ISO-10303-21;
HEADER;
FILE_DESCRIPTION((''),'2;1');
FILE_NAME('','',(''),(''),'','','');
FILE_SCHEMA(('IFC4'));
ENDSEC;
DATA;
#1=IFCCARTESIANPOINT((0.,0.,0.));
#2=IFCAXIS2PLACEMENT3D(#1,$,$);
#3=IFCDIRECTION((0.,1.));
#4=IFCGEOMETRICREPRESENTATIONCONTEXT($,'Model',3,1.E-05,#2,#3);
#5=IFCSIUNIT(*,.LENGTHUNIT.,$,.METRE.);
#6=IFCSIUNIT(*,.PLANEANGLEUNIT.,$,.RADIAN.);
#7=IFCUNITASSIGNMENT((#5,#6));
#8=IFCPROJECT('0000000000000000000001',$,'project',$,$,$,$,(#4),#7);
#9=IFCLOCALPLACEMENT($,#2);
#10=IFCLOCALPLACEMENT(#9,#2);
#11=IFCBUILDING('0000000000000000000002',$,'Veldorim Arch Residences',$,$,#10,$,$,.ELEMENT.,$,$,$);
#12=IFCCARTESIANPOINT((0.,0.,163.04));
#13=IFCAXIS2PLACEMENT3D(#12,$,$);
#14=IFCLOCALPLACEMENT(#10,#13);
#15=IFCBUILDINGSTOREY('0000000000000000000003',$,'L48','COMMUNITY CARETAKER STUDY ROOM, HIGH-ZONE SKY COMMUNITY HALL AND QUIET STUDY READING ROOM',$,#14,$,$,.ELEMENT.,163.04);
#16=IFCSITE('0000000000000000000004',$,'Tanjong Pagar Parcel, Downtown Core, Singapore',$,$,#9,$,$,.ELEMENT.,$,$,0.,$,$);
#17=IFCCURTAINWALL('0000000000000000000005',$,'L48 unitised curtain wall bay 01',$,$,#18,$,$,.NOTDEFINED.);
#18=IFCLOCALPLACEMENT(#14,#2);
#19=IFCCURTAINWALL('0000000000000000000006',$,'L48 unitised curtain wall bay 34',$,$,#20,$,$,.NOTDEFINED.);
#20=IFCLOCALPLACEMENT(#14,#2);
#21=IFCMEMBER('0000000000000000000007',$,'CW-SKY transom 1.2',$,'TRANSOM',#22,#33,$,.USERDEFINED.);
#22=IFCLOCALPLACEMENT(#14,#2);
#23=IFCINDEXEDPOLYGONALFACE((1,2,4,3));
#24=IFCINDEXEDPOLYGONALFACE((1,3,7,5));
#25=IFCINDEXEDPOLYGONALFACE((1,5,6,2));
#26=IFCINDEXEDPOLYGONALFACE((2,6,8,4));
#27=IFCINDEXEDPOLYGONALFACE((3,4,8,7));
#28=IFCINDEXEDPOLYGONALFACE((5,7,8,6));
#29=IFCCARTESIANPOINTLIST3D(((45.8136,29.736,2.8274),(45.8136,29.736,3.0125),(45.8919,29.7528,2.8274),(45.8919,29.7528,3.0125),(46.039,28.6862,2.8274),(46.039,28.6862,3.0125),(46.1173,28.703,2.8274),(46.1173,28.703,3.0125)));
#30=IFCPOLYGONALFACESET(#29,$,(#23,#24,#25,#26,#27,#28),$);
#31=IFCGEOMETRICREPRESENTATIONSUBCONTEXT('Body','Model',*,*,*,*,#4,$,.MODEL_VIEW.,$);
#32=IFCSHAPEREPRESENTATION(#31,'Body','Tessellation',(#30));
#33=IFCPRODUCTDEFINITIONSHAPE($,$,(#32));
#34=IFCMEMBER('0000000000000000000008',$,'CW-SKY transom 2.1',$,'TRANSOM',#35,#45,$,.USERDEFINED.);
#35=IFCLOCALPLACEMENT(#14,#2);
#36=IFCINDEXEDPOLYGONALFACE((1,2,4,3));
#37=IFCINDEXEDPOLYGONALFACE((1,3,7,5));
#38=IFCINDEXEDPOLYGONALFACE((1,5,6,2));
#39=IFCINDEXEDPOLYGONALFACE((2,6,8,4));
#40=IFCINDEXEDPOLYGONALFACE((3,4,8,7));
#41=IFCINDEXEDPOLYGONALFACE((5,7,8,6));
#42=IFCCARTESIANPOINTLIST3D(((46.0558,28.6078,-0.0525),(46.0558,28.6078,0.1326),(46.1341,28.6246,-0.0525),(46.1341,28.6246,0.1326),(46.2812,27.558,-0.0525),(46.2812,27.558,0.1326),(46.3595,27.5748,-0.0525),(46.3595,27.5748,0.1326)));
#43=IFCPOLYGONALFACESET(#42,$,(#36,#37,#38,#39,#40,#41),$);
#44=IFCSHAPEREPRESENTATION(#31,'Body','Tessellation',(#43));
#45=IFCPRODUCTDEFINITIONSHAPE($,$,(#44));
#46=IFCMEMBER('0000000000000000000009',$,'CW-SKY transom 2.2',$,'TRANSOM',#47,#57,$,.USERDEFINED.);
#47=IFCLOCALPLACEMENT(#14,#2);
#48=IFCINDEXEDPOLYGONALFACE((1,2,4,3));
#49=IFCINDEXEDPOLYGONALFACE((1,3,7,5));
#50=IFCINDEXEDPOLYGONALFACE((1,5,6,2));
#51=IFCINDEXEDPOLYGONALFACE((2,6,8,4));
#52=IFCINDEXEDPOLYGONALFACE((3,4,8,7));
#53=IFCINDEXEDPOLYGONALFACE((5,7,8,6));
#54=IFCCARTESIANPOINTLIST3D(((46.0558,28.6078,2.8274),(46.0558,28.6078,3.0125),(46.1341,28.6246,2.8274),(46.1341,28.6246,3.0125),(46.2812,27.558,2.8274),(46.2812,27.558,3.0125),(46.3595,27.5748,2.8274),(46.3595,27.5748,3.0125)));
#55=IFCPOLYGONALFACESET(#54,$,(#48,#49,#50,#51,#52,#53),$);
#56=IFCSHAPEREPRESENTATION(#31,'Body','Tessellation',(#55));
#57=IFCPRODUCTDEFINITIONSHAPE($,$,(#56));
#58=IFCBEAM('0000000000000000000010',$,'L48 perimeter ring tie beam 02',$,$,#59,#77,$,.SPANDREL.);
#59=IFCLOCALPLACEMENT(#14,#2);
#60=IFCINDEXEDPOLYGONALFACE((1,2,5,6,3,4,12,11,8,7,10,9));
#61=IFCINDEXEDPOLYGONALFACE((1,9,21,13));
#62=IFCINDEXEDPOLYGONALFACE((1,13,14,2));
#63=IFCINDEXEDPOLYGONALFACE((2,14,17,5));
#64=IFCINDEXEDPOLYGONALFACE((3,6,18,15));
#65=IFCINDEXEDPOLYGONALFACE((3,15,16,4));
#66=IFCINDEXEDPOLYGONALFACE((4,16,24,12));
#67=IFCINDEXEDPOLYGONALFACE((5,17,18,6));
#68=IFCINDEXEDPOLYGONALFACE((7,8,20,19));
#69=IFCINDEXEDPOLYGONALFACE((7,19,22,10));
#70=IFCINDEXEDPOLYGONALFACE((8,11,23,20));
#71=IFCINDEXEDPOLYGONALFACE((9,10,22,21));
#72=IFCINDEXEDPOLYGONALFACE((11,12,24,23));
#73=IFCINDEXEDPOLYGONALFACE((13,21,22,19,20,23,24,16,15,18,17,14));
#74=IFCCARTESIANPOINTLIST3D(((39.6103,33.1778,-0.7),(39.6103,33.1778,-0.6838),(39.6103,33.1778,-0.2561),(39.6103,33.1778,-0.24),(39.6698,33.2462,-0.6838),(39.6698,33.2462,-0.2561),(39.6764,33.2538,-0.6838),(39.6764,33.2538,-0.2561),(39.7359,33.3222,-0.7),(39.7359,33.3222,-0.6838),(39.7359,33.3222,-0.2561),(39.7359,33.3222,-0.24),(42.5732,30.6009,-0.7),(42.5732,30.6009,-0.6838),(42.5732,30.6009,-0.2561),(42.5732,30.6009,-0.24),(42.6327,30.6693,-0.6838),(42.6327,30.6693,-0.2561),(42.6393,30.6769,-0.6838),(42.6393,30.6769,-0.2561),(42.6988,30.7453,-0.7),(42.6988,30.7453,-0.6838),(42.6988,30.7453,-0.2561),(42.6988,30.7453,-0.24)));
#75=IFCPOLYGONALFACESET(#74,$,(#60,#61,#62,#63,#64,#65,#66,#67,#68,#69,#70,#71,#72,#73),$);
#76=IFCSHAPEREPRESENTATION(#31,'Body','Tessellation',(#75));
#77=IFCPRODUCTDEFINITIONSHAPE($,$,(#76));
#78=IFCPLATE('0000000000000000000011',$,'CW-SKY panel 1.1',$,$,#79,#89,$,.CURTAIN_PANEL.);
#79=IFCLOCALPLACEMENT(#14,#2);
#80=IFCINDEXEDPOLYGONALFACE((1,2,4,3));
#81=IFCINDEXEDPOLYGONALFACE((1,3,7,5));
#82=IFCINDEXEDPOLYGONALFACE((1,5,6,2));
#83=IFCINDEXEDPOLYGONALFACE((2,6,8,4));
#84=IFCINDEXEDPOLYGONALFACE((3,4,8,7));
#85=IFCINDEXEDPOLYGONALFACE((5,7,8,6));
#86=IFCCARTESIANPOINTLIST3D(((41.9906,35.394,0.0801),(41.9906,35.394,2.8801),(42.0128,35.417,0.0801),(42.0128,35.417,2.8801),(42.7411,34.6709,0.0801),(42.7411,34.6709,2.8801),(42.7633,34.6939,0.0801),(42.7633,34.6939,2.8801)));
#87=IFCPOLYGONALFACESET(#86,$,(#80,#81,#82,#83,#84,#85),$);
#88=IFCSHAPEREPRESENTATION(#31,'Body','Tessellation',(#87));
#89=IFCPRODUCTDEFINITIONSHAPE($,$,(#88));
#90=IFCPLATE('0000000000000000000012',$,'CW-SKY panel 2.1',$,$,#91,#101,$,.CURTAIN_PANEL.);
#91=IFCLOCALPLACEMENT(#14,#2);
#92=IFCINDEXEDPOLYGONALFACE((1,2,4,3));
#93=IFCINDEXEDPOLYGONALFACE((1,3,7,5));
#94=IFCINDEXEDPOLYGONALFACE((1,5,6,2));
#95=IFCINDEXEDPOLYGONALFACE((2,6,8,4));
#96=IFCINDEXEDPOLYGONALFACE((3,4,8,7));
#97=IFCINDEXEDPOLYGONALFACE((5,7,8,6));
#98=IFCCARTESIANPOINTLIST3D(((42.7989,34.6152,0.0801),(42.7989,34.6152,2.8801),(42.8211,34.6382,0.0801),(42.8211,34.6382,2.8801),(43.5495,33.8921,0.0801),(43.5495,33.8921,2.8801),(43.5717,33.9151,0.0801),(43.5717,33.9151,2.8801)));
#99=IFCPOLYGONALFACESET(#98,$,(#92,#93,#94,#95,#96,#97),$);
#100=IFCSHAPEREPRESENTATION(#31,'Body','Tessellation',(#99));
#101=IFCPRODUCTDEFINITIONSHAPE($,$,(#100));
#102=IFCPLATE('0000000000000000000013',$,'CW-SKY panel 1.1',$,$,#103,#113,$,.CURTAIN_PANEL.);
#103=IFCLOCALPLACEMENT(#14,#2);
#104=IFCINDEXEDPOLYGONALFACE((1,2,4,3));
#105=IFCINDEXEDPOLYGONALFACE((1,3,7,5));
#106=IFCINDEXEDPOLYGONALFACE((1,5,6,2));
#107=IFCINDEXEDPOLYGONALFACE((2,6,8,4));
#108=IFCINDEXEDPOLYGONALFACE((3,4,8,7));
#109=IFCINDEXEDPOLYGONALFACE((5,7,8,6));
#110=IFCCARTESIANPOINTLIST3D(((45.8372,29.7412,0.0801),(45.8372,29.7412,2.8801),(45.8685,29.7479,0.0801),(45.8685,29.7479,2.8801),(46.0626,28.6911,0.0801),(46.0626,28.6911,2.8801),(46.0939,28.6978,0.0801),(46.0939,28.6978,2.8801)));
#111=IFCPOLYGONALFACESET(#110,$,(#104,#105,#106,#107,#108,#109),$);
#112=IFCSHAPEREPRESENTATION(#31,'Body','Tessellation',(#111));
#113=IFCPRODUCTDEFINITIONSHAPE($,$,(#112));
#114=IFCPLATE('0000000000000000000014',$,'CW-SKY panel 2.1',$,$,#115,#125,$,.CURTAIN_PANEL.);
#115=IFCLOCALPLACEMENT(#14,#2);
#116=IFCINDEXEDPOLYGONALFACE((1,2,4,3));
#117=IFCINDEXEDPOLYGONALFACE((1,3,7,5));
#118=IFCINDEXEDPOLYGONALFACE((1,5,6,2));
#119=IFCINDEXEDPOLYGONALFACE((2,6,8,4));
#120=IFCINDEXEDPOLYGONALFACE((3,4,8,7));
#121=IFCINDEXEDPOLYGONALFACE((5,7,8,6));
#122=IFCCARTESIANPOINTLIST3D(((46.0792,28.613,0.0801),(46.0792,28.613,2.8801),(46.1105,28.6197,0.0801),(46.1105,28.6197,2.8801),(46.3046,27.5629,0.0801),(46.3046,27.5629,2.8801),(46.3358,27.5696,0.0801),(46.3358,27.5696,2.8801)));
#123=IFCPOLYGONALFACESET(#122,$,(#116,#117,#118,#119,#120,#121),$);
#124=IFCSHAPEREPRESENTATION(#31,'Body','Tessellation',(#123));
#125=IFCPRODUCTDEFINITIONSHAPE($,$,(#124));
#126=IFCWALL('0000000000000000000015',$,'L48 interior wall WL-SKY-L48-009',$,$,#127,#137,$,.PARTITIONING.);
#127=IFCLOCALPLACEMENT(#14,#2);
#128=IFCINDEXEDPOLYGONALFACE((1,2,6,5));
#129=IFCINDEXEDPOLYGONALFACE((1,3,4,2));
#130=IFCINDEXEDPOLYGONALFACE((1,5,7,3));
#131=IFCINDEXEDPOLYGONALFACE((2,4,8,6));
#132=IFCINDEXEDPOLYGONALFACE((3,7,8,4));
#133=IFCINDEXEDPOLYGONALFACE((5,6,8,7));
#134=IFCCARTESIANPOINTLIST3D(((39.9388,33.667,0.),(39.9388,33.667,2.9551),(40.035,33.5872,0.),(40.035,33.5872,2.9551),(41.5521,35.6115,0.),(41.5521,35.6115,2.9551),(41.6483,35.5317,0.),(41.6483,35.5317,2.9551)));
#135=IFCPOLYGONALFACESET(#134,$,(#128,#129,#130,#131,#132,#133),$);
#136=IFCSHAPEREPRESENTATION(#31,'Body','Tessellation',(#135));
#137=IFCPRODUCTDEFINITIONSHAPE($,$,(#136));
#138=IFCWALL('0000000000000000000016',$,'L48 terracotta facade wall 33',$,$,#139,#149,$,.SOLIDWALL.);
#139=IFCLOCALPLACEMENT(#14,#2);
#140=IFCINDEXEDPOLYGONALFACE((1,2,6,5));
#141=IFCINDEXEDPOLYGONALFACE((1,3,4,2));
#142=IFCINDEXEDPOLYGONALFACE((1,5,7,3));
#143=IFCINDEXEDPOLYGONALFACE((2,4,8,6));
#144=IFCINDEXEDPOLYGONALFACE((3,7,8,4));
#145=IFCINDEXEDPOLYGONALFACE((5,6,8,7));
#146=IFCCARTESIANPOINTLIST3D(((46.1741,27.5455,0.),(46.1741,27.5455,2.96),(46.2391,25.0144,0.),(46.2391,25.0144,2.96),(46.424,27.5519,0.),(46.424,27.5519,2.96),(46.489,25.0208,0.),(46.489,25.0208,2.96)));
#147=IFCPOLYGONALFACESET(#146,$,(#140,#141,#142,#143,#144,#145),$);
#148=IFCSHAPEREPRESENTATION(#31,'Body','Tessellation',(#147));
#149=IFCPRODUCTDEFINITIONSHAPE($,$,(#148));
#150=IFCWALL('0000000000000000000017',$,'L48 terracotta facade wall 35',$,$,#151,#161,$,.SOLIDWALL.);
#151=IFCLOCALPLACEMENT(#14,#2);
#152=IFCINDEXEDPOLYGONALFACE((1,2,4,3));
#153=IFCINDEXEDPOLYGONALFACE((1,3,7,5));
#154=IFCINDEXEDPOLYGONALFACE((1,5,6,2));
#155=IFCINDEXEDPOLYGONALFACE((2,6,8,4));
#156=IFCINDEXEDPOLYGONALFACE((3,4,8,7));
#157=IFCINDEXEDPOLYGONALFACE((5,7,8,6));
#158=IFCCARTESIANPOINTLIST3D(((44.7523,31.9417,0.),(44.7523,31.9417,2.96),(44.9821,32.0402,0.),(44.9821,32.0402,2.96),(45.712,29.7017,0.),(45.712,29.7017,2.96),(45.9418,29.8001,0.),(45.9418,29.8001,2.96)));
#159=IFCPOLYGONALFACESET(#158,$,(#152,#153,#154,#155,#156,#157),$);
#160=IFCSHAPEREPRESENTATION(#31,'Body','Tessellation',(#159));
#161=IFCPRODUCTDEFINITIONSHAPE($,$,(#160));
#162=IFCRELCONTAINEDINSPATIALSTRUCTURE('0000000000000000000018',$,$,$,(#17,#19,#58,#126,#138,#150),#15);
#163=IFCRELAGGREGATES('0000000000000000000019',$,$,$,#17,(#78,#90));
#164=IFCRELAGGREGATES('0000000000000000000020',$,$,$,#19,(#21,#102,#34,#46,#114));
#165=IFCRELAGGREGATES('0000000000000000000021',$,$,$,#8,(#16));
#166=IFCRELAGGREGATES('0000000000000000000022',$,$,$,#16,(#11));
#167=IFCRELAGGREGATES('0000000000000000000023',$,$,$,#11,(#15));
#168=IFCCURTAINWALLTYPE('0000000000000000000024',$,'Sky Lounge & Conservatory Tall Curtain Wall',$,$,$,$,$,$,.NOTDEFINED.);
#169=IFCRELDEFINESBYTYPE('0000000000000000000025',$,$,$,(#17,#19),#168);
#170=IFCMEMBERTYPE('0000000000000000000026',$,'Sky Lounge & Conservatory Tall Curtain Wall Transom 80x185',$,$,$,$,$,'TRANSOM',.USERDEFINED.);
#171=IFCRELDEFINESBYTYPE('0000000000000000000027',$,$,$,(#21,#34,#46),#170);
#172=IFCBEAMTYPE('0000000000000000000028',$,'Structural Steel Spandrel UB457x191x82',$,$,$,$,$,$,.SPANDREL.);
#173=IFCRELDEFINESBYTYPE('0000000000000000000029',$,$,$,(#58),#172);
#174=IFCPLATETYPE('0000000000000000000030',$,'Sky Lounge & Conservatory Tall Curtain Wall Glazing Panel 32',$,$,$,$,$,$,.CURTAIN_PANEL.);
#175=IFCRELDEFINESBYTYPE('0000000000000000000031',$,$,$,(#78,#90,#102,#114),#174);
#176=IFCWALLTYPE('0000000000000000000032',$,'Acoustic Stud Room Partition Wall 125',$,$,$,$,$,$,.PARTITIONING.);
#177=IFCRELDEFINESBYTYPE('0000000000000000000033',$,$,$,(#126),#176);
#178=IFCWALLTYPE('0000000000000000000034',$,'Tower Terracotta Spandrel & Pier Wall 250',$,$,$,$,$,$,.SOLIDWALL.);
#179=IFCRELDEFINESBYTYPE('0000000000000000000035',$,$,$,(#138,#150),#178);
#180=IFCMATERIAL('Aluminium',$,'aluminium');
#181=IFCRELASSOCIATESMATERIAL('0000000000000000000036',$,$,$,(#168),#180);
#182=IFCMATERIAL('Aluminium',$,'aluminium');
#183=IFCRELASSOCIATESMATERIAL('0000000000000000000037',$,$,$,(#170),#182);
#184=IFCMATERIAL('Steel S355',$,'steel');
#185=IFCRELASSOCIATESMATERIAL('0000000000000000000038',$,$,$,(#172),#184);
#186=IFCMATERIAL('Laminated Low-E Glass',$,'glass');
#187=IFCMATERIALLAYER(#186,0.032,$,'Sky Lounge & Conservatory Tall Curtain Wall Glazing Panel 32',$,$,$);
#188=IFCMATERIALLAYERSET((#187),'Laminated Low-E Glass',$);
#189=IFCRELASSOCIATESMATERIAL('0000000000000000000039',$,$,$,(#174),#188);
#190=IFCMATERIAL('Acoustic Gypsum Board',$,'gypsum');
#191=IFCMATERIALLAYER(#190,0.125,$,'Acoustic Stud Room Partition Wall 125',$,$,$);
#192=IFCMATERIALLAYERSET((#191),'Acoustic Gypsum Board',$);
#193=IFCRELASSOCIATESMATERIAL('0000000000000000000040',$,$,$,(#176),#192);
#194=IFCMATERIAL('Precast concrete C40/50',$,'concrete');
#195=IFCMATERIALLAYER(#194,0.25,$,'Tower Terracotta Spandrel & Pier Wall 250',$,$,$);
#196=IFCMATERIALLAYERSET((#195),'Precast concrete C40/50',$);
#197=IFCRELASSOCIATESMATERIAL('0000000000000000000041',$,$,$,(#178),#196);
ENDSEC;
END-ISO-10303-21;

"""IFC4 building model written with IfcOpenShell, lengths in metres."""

from ifc_helpers import new_model, si_unit, direction, frame, frame_2d, origin, origin_2d, place, context, subcontext, project, spatial, rectangle, i_section, extrude, material, layer, layer_set, material_profile, profile_set, type_object, element, aggregate, save


model = new_model("IFC4")

# Units and contexts
model_context = context("Model", 3, precision=1e-05, world=origin(), true_north=direction((0.0, 1.0)))
body_context = subcontext(model_context, "Body", "Model", "MODEL_VIEW")
ifc_project = project(units=[si_unit("LENGTHUNIT", "METRE"), si_unit("PLANEANGLEUNIT", "RADIAN")], contexts=[model_context])

# Site, building, storey
site_placement = place(None, origin())
site = spatial("IfcSite", under=ifc_project, at=site_placement, Name="Tanjong Pagar Parcel, Downtown Core, Singapore", CompositionType="ELEMENT", RefElevation=0.0)
building_placement = place(site_placement, origin())
building = spatial("IfcBuilding", under=site, at=building_placement, Name="Veldorim Arch Residences", CompositionType="ELEMENT")
storey_placement = place(building_placement, frame((0.0, 0.0, 163.04)))
storey = spatial("IfcBuildingStorey", under=building, at=storey_placement, Name="L48", Description="COMMUNITY CARETAKER STUDY ROOM, HIGH-ZONE SKY COMMUNITY HALL AND QUIET STUDY READING ROOM", CompositionType="ELEMENT", Elevation=163.04)

# Curtain walls
ifc_material_1 = material(Name="Aluminium", Category="aluminium")
curtain_wall_type = type_object("IfcCurtainWallType", Name="Sky Lounge & Conservatory Tall Curtain Wall", PredefinedType="NOTDEFINED", material=ifc_material_1)
curtain_wall_1_placement = place(storey_placement, origin())
curtain_wall_1 = element("IfcCurtainWall", 1, at=curtain_wall_1_placement, inside=storey, type_object=curtain_wall_type, Name="L48 unitised curtain wall bay 01", PredefinedType="NOTDEFINED")
curtain_wall_2_placement = place(storey_placement, origin())
curtain_wall_2 = element("IfcCurtainWall", 2, at=curtain_wall_2_placement, inside=storey, type_object=curtain_wall_type, Name="L48 unitised curtain wall bay 34", PredefinedType="NOTDEFINED")

# Members
ifc_material_2 = material(Name="Aluminium", Category="aluminium")
ifc_material_profile_1 = material_profile(ifc_material_2, rectangle(XDim=0.0801, YDim=0.1851, at=origin_2d()), Name="ALU_TRN_80x185")
ifc_profile_set_1 = profile_set([ifc_material_profile_1], Name="Aluminium")
member_type_1 = type_object("IfcMemberType", Name="Sky Lounge & Conservatory Tall Curtain Wall Transom 80x185", ElementType="TRANSOM", PredefinedType="USERDEFINED", material=ifc_profile_set_1)
member_1_placement = place(storey_placement, frame((45.8528, 29.7444, 2.9199), z_axis=(0.209871, -0.977729, 0.0), x_axis=(0.977729, 0.209871, 0.0)))
member_1 = element("IfcMember", 3, at=member_1_placement, type_object=member_type_1, Name="CW-SKY transom 1.2", ObjectType="TRANSOM", PredefinedType="USERDEFINED", context=body_context, shape_type="SweptSolid", body=[
    extrude(rectangle(XDim=0.0801, YDim=0.1851, at=origin_2d()), origin(), (0.0, 0.0, 1.0), 1.0737),
])
member_2_placement = place(storey_placement, frame((46.095, 28.6162, 0.04), z_axis=(0.209871, -0.977729, 0.0), x_axis=(0.977729, 0.209871, 0.0)))
member_2 = element("IfcMember", 4, at=member_2_placement, type_object=member_type_1, Name="CW-SKY transom 2.1", ObjectType="TRANSOM", PredefinedType="USERDEFINED", context=body_context, shape_type="SweptSolid", body=[
    extrude(rectangle(XDim=0.0801, YDim=0.1851, at=origin_2d()), origin(), (0.0, 0.0, 1.0), 1.0737),
])
member_3_placement = place(storey_placement, frame((46.095, 28.6162, 2.9199), z_axis=(0.209871, -0.977729, 0.0), x_axis=(0.977729, 0.209871, 0.0)))
member_3 = element("IfcMember", 5, at=member_3_placement, type_object=member_type_1, Name="CW-SKY transom 2.2", ObjectType="TRANSOM", PredefinedType="USERDEFINED", context=body_context, shape_type="SweptSolid", body=[
    extrude(rectangle(XDim=0.0801, YDim=0.1851, at=origin_2d()), origin(), (0.0, 0.0, 1.0), 1.0737),
])

# Beam
ifc_material_3 = material(Name="Steel S355", Category="steel")
ifc_material_profile_2 = material_profile(ifc_material_3, i_section(OverallWidth=0.1914, OverallDepth=0.46, WebThickness=0.01, FlangeThickness=0.0161, at=origin_2d()), Name="UB457x191x82")
ifc_profile_set_2 = profile_set([ifc_material_profile_2], Name="Steel S355")
beam_type = type_object("IfcBeamType", Name="Structural Steel Spandrel UB457x191x82", PredefinedType="SPANDREL", material=ifc_profile_set_2)
beam_placement = place(storey_placement, frame((42.636, 30.6731, -0.47), z_axis=(-0.754545, 0.656248, 0.0), x_axis=(-0.656248, -0.754545, 0.0)))
element("IfcBeam", 6, at=beam_placement, inside=storey, type_object=beam_type, Name="L48 perimeter ring tie beam 02", PredefinedType="SPANDREL", context=body_context, shape_type="SweptSolid", body=[
    extrude(i_section(OverallWidth=0.1914, OverallDepth=0.46, WebThickness=0.01, FlangeThickness=0.0161, at=origin_2d()), origin(), (0.0, 0.0, 1.0), 3.9268),
])

# Plates
ifc_material_4 = material(Name="Laminated Low-E Glass", Category="glass")
ifc_layer_1 = layer(ifc_material_4, 0.032, Name="Sky Lounge & Conservatory Tall Curtain Wall Glazing Panel 32")
ifc_layer_set_1 = layer_set([ifc_layer_1], Name="Laminated Low-E Glass")
plate_type = type_object("IfcPlateType", Name="Sky Lounge & Conservatory Tall Curtain Wall Glazing Panel 32", PredefinedType="CURTAIN_PANEL", material=ifc_layer_set_1)
plate_1_placement = place(storey_placement, frame((42.377, 35.0439, 0.0801), z_axis=(0.0, 0.0, 1.0), x_axis=(0.720147, -0.693821, 0.0)))
plate_1 = element("IfcPlate", 7, at=plate_1_placement, type_object=plate_type, Name="CW-SKY panel 1.1", PredefinedType="CURTAIN_PANEL", context=body_context, shape_type="SweptSolid", body=[
    extrude(rectangle(XDim=1.0422, YDim=0.032, at=origin_2d()), origin(), (0.0, 0.0, 1.0), 2.8),
])
plate_2_placement = place(storey_placement, frame((43.1853, 34.2651, 0.0801), z_axis=(0.0, 0.0, 1.0), x_axis=(0.720147, -0.693821, 0.0)))
plate_2 = element("IfcPlate", 8, at=plate_2_placement, type_object=plate_type, Name="CW-SKY panel 2.1", PredefinedType="CURTAIN_PANEL", context=body_context, shape_type="SweptSolid", body=[
    extrude(rectangle(XDim=1.0422, YDim=0.032, at=origin_2d()), origin(), (0.0, 0.0, 1.0), 2.8),
])
aggregate(curtain_wall_1, [plate_1, plate_2])
plate_3_placement = place(storey_placement, frame((45.9656, 29.2195, 0.0801), z_axis=(0.0, 0.0, 1.0), x_axis=(0.209861, -0.977731, 0.0)))
plate_3 = element("IfcPlate", 9, at=plate_3_placement, type_object=plate_type, Name="CW-SKY panel 1.1", PredefinedType="CURTAIN_PANEL", context=body_context, shape_type="SweptSolid", body=[
    extrude(rectangle(XDim=1.074, YDim=0.032, at=origin_2d()), origin(), (0.0, 0.0, 1.0), 2.8),
])
plate_4_placement = place(storey_placement, frame((46.2075, 28.0913, 0.0801), z_axis=(0.0, 0.0, 1.0), x_axis=(0.209861, -0.977731, 0.0)))
plate_4 = element("IfcPlate", 10, at=plate_4_placement, type_object=plate_type, Name="CW-SKY panel 2.1", PredefinedType="CURTAIN_PANEL", context=body_context, shape_type="SweptSolid", body=[
    extrude(rectangle(XDim=1.074, YDim=0.032, at=origin_2d()), origin(), (0.0, 0.0, 1.0), 2.8),
])
aggregate(curtain_wall_2, [member_1, plate_3, member_2, member_3, plate_4])

# Walls
ifc_material_5 = material(Name="Acoustic Gypsum Board", Category="gypsum")
ifc_layer_2 = layer(ifc_material_5, 0.125, Name="Acoustic Stud Room Partition Wall 125")
ifc_layer_set_2 = layer_set([ifc_layer_2], Name="Acoustic Gypsum Board")
wall_type_1 = type_object("IfcWallType", Name="Acoustic Stud Room Partition Wall 125", PredefinedType="PARTITIONING", material=ifc_layer_set_2)
wall_1_placement = place(storey_placement, frame((41.6001, 35.5715, 0.0), z_axis=(0.0, 0.0, 1.0), x_axis=(-0.638501, -0.769621, 0.0)))
element("IfcWall", 11, at=wall_1_placement, inside=storey, type_object=wall_type_1, Name="L48 interior wall WL-SKY-L48-009", PredefinedType="PARTITIONING", context=body_context, shape_type="SweptSolid", body=[
    extrude(rectangle(XDim=2.5266, YDim=0.125, at=frame_2d((1.2632, 0.0))), origin(), (0.0, 0.0, 1.0), 2.9551),
])
ifc_material_6 = material(Name="Precast concrete C40/50", Category="concrete")
ifc_layer_3 = layer(ifc_material_6, 0.25, Name="Tower Terracotta Spandrel & Pier Wall 250")
ifc_layer_set_3 = layer_set([ifc_layer_3], Name="Precast concrete C40/50")
wall_type_2 = type_object("IfcWallType", Name="Tower Terracotta Spandrel & Pier Wall 250", PredefinedType="SOLIDWALL", material=ifc_layer_set_3)
wall_2_placement = place(storey_placement, frame((46.2991, 27.5488, 0.0), z_axis=(0.0, 0.0, 1.0), x_axis=(0.025647, -0.999671, 0.0)))
element("IfcWall", 12, at=wall_2_placement, inside=storey, type_object=wall_type_2, Name="L48 terracotta facade wall 33", PredefinedType="SOLIDWALL", context=body_context, shape_type="SweptSolid", body=[
    extrude(rectangle(XDim=2.532, YDim=0.25, at=frame_2d((1.2661, 0.0))), origin(), (0.0, 0.0, 1.0), 2.96),
])
wall_3_placement = place(storey_placement, frame((44.8672, 31.991, 0.0), z_axis=(0.0, 0.0, 1.0), x_axis=(0.393823, -0.919186, 0.0)))
element("IfcWall", 13, at=wall_3_placement, inside=storey, type_object=wall_type_2, Name="L48 terracotta facade wall 35", PredefinedType="SOLIDWALL", context=body_context, shape_type="SweptSolid", body=[
    extrude(rectangle(XDim=2.437, YDim=0.25, at=frame_2d((1.2185, 0.0))), origin(), (0.0, 0.0, 1.0), 2.96),
])

save(model, "model.ifc")
